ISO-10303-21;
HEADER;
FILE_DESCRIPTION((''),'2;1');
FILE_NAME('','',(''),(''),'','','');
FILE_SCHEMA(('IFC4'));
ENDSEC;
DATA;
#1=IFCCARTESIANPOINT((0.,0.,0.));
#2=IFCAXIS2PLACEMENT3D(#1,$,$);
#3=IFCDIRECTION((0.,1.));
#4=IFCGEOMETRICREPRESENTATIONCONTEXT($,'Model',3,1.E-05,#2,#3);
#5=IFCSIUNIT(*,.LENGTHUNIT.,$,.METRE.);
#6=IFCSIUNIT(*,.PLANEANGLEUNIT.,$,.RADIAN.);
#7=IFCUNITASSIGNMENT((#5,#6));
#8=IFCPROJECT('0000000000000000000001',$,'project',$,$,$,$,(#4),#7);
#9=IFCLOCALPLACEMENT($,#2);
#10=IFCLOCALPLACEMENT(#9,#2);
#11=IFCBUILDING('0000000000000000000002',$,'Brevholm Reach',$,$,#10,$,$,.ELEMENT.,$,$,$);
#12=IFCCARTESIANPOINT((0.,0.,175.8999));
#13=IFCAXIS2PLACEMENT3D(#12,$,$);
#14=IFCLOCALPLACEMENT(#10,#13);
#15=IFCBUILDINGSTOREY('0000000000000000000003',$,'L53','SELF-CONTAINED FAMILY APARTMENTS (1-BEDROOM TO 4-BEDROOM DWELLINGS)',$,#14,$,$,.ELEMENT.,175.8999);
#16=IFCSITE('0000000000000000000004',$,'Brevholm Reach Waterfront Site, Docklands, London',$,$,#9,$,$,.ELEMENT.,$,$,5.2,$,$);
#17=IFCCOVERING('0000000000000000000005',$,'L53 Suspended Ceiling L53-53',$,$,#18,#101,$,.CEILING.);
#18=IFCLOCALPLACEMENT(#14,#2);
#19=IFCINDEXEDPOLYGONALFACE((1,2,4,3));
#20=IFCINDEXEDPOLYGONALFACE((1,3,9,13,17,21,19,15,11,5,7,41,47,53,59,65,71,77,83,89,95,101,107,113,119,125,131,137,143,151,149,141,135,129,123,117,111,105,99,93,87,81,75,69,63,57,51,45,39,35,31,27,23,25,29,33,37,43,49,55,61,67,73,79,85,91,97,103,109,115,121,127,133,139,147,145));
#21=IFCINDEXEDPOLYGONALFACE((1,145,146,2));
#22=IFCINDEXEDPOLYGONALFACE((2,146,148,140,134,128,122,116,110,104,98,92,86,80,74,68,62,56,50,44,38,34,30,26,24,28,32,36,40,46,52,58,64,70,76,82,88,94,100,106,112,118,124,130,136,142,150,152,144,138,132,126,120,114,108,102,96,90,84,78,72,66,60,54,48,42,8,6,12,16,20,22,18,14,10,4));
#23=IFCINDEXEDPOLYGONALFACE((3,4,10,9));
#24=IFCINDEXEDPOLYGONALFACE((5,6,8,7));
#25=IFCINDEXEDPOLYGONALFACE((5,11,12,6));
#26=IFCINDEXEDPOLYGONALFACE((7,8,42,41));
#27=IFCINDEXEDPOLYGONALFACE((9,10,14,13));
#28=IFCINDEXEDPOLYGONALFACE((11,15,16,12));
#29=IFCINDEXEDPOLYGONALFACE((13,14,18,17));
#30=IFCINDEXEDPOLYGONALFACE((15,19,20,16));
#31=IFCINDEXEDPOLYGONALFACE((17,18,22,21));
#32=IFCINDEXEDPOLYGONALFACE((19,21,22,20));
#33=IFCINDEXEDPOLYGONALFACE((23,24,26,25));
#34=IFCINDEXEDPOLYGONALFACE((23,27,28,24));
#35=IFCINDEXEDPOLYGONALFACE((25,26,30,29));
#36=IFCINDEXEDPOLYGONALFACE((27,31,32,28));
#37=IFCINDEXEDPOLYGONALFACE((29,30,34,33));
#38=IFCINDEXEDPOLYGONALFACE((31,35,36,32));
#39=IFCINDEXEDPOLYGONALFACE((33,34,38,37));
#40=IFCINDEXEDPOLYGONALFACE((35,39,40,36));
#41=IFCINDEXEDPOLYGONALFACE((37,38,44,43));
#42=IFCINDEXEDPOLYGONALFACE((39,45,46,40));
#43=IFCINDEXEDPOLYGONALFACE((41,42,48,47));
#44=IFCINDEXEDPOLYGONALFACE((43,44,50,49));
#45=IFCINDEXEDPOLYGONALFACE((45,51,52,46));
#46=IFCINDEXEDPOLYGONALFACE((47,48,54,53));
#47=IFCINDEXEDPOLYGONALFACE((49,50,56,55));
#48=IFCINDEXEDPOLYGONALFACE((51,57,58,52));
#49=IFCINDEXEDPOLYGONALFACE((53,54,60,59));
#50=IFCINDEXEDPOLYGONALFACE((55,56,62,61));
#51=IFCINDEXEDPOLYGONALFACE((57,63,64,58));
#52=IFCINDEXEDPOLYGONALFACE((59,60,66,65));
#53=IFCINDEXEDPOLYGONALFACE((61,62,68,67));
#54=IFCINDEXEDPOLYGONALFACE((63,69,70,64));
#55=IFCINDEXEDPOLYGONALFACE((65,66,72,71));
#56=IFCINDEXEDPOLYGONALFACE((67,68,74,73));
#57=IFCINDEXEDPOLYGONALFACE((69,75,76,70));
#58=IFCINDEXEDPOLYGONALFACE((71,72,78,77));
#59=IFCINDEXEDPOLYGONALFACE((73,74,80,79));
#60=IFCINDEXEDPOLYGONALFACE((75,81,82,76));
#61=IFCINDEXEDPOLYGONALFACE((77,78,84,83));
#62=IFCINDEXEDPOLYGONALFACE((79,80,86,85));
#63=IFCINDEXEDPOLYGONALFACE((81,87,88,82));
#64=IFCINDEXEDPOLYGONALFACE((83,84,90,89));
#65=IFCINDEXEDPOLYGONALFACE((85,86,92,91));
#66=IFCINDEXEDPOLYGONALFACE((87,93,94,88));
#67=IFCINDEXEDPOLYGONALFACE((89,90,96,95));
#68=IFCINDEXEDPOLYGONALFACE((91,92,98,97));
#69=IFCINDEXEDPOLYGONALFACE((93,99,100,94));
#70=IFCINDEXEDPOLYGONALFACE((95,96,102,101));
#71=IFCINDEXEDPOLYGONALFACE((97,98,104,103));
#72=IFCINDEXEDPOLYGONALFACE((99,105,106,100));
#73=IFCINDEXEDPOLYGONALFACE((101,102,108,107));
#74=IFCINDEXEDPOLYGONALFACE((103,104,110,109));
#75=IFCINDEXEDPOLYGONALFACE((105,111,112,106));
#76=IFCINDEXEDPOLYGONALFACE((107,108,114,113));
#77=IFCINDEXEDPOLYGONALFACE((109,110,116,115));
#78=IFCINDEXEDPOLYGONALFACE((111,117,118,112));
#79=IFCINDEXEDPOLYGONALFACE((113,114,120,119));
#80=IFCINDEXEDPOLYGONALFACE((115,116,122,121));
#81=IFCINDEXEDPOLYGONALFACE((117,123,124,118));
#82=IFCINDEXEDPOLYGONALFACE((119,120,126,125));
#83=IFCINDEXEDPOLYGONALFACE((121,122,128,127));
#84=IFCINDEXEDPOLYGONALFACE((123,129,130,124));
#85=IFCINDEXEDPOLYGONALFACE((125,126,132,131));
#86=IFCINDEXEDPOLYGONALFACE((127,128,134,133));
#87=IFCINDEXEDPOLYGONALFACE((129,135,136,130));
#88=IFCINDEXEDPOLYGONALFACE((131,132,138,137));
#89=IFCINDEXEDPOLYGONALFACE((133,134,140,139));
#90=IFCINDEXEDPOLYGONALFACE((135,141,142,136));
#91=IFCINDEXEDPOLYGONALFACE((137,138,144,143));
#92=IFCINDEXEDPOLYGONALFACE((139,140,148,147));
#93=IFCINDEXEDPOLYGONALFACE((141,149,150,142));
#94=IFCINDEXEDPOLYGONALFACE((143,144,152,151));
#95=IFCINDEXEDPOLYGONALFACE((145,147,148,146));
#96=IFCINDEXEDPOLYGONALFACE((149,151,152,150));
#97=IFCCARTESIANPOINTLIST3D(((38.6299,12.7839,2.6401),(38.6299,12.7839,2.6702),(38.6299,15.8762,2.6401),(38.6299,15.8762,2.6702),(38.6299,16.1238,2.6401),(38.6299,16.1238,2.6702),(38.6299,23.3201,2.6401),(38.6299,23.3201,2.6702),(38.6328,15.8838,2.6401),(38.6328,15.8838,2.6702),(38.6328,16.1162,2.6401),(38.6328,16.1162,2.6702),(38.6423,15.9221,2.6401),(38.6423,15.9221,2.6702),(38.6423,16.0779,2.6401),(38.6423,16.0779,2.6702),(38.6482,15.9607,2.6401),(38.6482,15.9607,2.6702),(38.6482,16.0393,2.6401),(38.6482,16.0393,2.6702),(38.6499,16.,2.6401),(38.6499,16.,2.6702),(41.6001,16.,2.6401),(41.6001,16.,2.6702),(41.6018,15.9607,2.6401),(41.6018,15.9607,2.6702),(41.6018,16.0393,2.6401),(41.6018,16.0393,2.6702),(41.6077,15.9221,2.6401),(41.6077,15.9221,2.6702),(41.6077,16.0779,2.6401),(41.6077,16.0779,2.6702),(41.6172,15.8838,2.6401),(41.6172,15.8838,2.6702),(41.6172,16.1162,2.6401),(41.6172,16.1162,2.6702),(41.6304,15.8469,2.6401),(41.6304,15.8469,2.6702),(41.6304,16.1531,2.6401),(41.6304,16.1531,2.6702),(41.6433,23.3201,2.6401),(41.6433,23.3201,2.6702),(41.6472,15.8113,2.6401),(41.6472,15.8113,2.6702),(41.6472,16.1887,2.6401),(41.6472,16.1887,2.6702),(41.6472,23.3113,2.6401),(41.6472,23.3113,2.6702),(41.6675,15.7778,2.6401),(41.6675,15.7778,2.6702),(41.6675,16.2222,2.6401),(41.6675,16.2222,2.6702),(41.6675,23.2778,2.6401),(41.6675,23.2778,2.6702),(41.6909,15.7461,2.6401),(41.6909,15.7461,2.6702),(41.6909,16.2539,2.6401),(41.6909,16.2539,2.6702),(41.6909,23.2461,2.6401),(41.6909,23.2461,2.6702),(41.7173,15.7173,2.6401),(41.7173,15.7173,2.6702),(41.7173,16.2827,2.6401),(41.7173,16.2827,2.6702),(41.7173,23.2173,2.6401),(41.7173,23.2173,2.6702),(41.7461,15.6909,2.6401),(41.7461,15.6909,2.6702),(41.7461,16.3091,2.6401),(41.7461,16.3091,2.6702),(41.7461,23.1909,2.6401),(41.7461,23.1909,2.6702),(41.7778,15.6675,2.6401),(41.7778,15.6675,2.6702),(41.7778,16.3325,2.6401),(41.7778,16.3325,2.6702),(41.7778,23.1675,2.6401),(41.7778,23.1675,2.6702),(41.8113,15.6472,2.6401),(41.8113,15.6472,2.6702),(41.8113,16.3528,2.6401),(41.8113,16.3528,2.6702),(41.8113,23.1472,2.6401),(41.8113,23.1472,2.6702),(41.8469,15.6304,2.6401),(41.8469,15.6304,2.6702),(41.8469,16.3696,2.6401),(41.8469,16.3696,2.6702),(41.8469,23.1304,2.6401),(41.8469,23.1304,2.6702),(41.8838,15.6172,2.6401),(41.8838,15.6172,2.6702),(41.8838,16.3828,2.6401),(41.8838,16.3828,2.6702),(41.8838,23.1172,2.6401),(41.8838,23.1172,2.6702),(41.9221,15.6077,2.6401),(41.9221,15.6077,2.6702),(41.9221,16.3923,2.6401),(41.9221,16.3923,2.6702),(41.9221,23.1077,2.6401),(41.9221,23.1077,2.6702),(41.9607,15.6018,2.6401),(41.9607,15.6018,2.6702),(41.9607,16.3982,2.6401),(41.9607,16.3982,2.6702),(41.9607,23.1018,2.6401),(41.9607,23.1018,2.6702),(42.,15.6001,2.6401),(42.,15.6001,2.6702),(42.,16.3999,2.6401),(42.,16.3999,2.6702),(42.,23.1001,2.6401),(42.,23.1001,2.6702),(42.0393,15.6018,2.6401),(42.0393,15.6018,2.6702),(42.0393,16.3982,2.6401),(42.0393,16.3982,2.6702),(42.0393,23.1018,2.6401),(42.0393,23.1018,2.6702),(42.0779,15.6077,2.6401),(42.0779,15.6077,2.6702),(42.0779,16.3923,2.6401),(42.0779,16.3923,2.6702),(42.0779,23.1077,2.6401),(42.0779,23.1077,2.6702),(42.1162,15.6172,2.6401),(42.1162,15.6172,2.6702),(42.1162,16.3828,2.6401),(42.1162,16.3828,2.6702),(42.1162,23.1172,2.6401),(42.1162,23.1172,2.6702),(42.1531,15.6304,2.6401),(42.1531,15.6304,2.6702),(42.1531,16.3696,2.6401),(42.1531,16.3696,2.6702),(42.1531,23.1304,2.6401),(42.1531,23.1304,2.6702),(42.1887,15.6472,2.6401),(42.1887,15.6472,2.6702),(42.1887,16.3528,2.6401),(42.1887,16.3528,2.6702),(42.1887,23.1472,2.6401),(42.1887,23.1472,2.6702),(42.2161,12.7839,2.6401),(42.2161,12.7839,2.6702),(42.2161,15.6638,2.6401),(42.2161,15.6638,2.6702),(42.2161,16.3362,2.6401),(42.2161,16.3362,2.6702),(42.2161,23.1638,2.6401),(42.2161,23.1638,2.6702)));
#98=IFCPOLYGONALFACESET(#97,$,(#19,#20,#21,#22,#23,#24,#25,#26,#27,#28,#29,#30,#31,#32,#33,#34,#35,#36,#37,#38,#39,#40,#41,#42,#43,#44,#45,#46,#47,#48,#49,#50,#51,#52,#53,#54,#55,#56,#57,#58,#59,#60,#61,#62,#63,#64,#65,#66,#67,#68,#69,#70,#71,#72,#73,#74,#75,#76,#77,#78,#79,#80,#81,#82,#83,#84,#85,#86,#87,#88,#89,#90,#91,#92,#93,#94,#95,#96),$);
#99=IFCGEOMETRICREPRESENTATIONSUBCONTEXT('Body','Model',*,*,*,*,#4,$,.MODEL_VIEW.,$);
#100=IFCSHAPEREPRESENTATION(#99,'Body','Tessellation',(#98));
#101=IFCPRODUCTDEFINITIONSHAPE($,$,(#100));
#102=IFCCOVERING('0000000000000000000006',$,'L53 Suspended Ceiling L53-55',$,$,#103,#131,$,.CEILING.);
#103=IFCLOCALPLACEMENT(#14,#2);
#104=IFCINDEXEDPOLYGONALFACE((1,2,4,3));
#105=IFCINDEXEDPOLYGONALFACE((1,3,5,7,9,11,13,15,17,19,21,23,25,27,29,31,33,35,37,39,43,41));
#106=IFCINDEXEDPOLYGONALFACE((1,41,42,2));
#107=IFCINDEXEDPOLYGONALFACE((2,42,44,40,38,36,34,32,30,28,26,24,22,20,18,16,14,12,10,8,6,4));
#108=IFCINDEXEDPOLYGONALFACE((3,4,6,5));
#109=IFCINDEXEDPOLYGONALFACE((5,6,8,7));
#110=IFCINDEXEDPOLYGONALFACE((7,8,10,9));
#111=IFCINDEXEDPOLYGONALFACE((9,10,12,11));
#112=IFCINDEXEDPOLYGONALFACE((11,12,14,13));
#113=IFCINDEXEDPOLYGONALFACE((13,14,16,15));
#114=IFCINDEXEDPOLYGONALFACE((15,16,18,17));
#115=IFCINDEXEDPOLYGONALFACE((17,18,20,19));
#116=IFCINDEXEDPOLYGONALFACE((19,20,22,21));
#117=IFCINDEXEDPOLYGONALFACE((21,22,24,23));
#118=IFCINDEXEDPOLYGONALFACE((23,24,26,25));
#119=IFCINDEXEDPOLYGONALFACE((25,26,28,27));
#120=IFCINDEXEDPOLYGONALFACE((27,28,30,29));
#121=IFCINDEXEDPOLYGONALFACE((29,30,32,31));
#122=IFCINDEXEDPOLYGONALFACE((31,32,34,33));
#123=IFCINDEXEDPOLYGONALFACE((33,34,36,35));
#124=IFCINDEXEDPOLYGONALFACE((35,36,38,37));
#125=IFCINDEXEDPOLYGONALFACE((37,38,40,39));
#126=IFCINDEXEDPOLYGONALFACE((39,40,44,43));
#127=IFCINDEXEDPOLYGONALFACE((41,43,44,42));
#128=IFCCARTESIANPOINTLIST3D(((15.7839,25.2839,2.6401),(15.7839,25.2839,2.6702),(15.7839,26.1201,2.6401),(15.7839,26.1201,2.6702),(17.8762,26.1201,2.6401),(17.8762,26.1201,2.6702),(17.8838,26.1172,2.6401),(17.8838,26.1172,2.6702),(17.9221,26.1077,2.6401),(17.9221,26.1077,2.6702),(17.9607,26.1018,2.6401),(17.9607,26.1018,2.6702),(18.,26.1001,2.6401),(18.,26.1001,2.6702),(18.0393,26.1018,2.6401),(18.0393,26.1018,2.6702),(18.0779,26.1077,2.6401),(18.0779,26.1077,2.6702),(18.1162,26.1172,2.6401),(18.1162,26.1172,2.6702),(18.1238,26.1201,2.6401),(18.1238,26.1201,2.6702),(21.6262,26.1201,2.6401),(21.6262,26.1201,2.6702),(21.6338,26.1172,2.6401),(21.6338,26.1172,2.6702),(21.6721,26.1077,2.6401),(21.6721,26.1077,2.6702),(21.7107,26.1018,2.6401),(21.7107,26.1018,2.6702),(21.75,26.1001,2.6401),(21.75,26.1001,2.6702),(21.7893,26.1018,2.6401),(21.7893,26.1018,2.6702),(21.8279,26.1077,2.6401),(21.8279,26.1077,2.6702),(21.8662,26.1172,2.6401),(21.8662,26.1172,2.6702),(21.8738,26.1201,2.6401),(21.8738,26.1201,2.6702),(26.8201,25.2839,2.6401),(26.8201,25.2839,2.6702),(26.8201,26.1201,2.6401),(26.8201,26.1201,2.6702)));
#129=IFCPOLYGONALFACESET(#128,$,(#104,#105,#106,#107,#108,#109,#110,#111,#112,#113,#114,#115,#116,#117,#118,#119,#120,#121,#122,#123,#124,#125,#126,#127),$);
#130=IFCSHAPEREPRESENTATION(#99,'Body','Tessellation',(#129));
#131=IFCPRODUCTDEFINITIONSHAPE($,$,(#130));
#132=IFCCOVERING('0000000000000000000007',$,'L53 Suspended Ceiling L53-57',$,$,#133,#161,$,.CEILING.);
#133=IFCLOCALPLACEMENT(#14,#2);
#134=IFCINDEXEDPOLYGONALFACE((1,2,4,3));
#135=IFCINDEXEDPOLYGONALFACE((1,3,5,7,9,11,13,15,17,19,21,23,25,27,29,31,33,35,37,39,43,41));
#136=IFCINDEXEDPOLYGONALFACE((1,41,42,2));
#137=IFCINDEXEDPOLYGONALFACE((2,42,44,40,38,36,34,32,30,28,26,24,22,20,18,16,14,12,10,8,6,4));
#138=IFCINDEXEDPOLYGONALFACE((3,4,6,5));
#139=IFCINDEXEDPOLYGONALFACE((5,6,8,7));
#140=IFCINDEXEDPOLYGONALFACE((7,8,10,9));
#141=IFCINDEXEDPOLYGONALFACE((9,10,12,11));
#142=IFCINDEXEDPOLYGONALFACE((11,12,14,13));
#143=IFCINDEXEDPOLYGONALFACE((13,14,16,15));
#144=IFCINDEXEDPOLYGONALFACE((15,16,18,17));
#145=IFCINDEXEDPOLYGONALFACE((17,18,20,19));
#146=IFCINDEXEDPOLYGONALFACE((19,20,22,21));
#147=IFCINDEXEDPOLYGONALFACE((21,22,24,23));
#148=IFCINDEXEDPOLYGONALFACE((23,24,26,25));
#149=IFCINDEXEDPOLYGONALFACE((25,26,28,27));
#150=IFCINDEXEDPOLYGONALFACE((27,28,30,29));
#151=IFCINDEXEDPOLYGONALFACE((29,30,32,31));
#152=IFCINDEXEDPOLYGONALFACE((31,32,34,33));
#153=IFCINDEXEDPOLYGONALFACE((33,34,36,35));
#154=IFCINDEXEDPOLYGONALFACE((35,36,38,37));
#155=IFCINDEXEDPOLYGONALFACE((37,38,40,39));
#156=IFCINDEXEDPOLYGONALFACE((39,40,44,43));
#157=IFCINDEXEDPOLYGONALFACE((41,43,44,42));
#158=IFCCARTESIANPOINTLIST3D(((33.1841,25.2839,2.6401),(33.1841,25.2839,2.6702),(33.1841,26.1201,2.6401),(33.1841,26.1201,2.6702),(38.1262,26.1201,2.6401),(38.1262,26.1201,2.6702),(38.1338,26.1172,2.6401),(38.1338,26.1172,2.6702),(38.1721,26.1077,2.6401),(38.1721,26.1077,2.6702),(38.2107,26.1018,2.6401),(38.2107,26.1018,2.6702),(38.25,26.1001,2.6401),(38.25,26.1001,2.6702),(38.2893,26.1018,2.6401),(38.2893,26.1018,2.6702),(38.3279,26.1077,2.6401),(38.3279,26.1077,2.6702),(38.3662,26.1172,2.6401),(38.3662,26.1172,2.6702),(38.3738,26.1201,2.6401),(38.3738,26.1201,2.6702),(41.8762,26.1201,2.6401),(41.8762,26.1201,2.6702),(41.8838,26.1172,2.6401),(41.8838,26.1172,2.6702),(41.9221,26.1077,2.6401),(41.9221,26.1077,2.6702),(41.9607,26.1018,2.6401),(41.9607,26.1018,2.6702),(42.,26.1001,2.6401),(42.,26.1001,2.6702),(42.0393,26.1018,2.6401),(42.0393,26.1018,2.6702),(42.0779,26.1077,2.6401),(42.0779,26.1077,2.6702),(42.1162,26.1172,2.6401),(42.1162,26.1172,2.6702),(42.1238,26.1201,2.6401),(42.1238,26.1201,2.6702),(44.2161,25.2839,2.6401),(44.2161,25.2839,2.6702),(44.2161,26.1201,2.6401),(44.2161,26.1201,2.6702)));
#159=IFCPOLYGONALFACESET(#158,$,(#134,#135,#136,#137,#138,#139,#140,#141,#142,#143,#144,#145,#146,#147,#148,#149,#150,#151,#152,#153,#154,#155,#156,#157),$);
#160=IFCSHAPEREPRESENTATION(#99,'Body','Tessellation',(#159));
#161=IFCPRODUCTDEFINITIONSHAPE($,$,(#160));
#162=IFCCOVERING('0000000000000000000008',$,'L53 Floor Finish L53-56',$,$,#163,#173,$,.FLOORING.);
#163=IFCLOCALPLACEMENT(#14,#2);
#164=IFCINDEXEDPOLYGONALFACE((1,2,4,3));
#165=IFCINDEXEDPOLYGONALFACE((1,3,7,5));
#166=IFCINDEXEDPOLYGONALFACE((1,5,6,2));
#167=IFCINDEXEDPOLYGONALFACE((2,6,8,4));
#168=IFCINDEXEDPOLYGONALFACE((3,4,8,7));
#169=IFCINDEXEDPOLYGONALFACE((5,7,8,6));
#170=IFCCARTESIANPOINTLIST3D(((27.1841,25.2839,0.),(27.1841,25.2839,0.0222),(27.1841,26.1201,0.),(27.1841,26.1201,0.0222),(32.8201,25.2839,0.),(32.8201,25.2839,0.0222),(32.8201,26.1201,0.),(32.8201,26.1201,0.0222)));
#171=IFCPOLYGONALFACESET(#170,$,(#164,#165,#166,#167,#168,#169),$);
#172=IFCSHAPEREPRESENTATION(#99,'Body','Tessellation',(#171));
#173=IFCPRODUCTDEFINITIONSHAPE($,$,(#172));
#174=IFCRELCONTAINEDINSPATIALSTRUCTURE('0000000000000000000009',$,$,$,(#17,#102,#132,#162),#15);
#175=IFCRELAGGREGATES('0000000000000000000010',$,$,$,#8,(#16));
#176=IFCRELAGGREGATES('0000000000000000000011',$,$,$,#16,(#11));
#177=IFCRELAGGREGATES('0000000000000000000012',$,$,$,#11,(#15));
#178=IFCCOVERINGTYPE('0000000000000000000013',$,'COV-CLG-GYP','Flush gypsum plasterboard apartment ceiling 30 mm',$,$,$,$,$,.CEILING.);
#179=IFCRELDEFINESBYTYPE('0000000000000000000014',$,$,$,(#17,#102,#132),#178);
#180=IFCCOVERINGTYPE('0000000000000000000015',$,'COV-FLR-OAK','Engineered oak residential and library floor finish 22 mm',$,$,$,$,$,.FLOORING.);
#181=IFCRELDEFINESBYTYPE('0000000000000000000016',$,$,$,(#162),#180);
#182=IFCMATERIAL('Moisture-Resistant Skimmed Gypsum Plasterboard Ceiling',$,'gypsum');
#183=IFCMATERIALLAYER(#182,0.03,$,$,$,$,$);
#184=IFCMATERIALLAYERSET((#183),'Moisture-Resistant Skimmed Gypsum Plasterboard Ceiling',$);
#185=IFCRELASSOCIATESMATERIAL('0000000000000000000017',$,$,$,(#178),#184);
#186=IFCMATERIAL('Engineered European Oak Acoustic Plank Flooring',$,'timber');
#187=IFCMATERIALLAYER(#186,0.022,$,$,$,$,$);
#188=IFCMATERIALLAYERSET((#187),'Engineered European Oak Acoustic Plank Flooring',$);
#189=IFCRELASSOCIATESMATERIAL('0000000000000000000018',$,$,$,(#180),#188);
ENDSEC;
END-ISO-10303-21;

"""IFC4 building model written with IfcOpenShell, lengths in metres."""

from ifc_helpers import new_model, si_unit, direction, frame, origin, place, context, subcontext, project, spatial, polyline, outline, extrude, material, layer, layer_set, type_object, element, save


model = new_model("IFC4")

# Units and contexts
model_context = context("Model", 3, precision=1e-05, world=origin(), true_north=direction((0.0, 1.0)))
body_context = subcontext(model_context, "Body", "Model", "MODEL_VIEW")
ifc_project = project(units=[si_unit("LENGTHUNIT", "METRE"), si_unit("PLANEANGLEUNIT", "RADIAN")], contexts=[model_context])

# Site, building, storey
site_placement = place(None, origin())
site = spatial("IfcSite", under=ifc_project, at=site_placement, Name="Brevholm Reach Waterfront Site, Docklands, London", CompositionType="ELEMENT", RefElevation=5.2)
building_placement = place(site_placement, origin())
building = spatial("IfcBuilding", under=site, at=building_placement, Name="Brevholm Reach", CompositionType="ELEMENT")
storey_placement = place(building_placement, frame((0.0, 0.0, 175.8999)))
storey = spatial("IfcBuildingStorey", under=building, at=storey_placement, Name="L53", Description="SELF-CONTAINED FAMILY APARTMENTS (1-BEDROOM TO 4-BEDROOM DWELLINGS)", CompositionType="ELEMENT", Elevation=175.8999)

# Coverings
ifc_material_1 = material(Name="Moisture-Resistant Skimmed Gypsum Plasterboard Ceiling", Category="gypsum")
ifc_layer_1 = layer(ifc_material_1, 0.03)
ifc_layer_set_1 = layer_set([ifc_layer_1], Name="Moisture-Resistant Skimmed Gypsum Plasterboard Ceiling")
covering_type_1 = type_object("IfcCoveringType", Name="COV-CLG-GYP", Description="Flush gypsum plasterboard apartment ceiling 30 mm", PredefinedType="CEILING", material=ifc_layer_set_1)
covering_1_placement = place(storey_placement, frame((0.0, 0.0, 2.6401)))
element("IfcCovering", 1, at=covering_1_placement, inside=storey, type_object=covering_type_1, Name="L53 Suspended Ceiling L53-53", PredefinedType="CEILING", context=body_context, shape_type="SweptSolid", body=[
    extrude(outline(polyline([(38.6299, 15.8762), (38.6328, 15.8838), (38.6423, 15.9221), (38.6482, 15.9607), (38.6499, 16.0), (38.6482, 16.0393), (38.6423, 16.0779), (38.6328, 16.1162), (38.6299, 16.1238), (38.6299, 23.3201), (41.6433, 23.3201), (41.6472, 23.3113), (41.6675, 23.2778), (41.6909, 23.2461), (41.7173, 23.2173), (41.7461, 23.1909), (41.7778, 23.1675), (41.8113, 23.1472), (41.8469, 23.1304), (41.8838, 23.1172), (41.9221, 23.1077), (41.9607, 23.1018), (42.0, 23.1001), (42.0393, 23.1018), (42.0779, 23.1077), (42.1162, 23.1172), (42.1531, 23.1304), (42.1887, 23.1472), (42.2161, 23.1638), (42.2161, 16.3362), (42.1887, 16.3528), (42.1531, 16.3696), (42.1162, 16.3828), (42.0779, 16.3923), (42.0393, 16.3982), (42.0, 16.3999), (41.9607, 16.3982), (41.9221, 16.3923), (41.8838, 16.3828), (41.8469, 16.3696), (41.8113, 16.3528), (41.7778, 16.3325), (41.7461, 16.3091), (41.7173, 16.2827), (41.6909, 16.2539), (41.6675, 16.2222), (41.6472, 16.1887), (41.6304, 16.1531), (41.6172, 16.1162), (41.6077, 16.0779), (41.6018, 16.0393), (41.6001, 16.0), (41.6018, 15.9607), (41.6077, 15.9221), (41.6172, 15.8838), (41.6304, 15.8469), (41.6472, 15.8113), (41.6675, 15.7778), (41.6909, 15.7461), (41.7173, 15.7173), (41.7461, 15.6909), (41.7778, 15.6675), (41.8113, 15.6472), (41.8469, 15.6304), (41.8838, 15.6172), (41.9221, 15.6077), (41.9607, 15.6018), (42.0, 15.6001), (42.0393, 15.6018), (42.0779, 15.6077), (42.1162, 15.6172), (42.1531, 15.6304), (42.1887, 15.6472), (42.2161, 15.6638), (42.2161, 12.7839), (38.6299, 12.7839), (38.6299, 15.8762)])), origin(), (0.0, 0.0, 1.0), 0.03),
])
covering_2_placement = place(storey_placement, frame((0.0, 0.0, 2.6401)))
element("IfcCovering", 2, at=covering_2_placement, inside=storey, type_object=covering_type_1, Name="L53 Suspended Ceiling L53-55", PredefinedType="CEILING", context=body_context, shape_type="SweptSolid", body=[
    extrude(outline(polyline([(17.8762, 26.1201), (17.8838, 26.1172), (17.9221, 26.1077), (17.9607, 26.1018), (18.0, 26.1001), (18.0393, 26.1018), (18.0779, 26.1077), (18.1162, 26.1172), (18.1238, 26.1201), (21.6262, 26.1201), (21.6338, 26.1172), (21.6721, 26.1077), (21.7107, 26.1018), (21.75, 26.1001), (21.7893, 26.1018), (21.8279, 26.1077), (21.8662, 26.1172), (21.8738, 26.1201), (26.8201, 26.1201), (26.8201, 25.2839), (15.7839, 25.2839), (15.7839, 26.1201), (17.8762, 26.1201)])), origin(), (0.0, 0.0, 1.0), 0.03),
])
covering_3_placement = place(storey_placement, frame((0.0, 0.0, 2.6401)))
element("IfcCovering", 3, at=covering_3_placement, inside=storey, type_object=covering_type_1, Name="L53 Suspended Ceiling L53-57", PredefinedType="CEILING", context=body_context, shape_type="SweptSolid", body=[
    extrude(outline(polyline([(38.1262, 26.1201), (38.1338, 26.1172), (38.1721, 26.1077), (38.2107, 26.1018), (38.25, 26.1001), (38.2893, 26.1018), (38.3279, 26.1077), (38.3662, 26.1172), (38.3738, 26.1201), (41.8762, 26.1201), (41.8838, 26.1172), (41.9221, 26.1077), (41.9607, 26.1018), (42.0, 26.1001), (42.0393, 26.1018), (42.0779, 26.1077), (42.1162, 26.1172), (42.1238, 26.1201), (44.2161, 26.1201), (44.2161, 25.2839), (33.1841, 25.2839), (33.1841, 26.1201), (38.1262, 26.1201)])), origin(), (0.0, 0.0, 1.0), 0.03),
])
ifc_material_2 = material(Name="Engineered European Oak Acoustic Plank Flooring", Category="timber")
ifc_layer_2 = layer(ifc_material_2, 0.022)
ifc_layer_set_2 = layer_set([ifc_layer_2], Name="Engineered European Oak Acoustic Plank Flooring")
covering_type_2 = type_object("IfcCoveringType", Name="COV-FLR-OAK", Description="Engineered oak residential and library floor finish 22 mm", PredefinedType="FLOORING", material=ifc_layer_set_2)
covering_4_placement = place(storey_placement, origin())
element("IfcCovering", 4, at=covering_4_placement, inside=storey, type_object=covering_type_2, Name="L53 Floor Finish L53-56", PredefinedType="FLOORING", context=body_context, shape_type="SweptSolid", body=[
    extrude(outline(polyline([(32.8201, 26.1201), (32.8201, 25.2839), (27.1841, 25.2839), (27.1841, 26.1201), (32.8201, 26.1201)])), origin(), (0.0, 0.0, 1.0), 0.0222),
])

save(model, "model.ifc")
